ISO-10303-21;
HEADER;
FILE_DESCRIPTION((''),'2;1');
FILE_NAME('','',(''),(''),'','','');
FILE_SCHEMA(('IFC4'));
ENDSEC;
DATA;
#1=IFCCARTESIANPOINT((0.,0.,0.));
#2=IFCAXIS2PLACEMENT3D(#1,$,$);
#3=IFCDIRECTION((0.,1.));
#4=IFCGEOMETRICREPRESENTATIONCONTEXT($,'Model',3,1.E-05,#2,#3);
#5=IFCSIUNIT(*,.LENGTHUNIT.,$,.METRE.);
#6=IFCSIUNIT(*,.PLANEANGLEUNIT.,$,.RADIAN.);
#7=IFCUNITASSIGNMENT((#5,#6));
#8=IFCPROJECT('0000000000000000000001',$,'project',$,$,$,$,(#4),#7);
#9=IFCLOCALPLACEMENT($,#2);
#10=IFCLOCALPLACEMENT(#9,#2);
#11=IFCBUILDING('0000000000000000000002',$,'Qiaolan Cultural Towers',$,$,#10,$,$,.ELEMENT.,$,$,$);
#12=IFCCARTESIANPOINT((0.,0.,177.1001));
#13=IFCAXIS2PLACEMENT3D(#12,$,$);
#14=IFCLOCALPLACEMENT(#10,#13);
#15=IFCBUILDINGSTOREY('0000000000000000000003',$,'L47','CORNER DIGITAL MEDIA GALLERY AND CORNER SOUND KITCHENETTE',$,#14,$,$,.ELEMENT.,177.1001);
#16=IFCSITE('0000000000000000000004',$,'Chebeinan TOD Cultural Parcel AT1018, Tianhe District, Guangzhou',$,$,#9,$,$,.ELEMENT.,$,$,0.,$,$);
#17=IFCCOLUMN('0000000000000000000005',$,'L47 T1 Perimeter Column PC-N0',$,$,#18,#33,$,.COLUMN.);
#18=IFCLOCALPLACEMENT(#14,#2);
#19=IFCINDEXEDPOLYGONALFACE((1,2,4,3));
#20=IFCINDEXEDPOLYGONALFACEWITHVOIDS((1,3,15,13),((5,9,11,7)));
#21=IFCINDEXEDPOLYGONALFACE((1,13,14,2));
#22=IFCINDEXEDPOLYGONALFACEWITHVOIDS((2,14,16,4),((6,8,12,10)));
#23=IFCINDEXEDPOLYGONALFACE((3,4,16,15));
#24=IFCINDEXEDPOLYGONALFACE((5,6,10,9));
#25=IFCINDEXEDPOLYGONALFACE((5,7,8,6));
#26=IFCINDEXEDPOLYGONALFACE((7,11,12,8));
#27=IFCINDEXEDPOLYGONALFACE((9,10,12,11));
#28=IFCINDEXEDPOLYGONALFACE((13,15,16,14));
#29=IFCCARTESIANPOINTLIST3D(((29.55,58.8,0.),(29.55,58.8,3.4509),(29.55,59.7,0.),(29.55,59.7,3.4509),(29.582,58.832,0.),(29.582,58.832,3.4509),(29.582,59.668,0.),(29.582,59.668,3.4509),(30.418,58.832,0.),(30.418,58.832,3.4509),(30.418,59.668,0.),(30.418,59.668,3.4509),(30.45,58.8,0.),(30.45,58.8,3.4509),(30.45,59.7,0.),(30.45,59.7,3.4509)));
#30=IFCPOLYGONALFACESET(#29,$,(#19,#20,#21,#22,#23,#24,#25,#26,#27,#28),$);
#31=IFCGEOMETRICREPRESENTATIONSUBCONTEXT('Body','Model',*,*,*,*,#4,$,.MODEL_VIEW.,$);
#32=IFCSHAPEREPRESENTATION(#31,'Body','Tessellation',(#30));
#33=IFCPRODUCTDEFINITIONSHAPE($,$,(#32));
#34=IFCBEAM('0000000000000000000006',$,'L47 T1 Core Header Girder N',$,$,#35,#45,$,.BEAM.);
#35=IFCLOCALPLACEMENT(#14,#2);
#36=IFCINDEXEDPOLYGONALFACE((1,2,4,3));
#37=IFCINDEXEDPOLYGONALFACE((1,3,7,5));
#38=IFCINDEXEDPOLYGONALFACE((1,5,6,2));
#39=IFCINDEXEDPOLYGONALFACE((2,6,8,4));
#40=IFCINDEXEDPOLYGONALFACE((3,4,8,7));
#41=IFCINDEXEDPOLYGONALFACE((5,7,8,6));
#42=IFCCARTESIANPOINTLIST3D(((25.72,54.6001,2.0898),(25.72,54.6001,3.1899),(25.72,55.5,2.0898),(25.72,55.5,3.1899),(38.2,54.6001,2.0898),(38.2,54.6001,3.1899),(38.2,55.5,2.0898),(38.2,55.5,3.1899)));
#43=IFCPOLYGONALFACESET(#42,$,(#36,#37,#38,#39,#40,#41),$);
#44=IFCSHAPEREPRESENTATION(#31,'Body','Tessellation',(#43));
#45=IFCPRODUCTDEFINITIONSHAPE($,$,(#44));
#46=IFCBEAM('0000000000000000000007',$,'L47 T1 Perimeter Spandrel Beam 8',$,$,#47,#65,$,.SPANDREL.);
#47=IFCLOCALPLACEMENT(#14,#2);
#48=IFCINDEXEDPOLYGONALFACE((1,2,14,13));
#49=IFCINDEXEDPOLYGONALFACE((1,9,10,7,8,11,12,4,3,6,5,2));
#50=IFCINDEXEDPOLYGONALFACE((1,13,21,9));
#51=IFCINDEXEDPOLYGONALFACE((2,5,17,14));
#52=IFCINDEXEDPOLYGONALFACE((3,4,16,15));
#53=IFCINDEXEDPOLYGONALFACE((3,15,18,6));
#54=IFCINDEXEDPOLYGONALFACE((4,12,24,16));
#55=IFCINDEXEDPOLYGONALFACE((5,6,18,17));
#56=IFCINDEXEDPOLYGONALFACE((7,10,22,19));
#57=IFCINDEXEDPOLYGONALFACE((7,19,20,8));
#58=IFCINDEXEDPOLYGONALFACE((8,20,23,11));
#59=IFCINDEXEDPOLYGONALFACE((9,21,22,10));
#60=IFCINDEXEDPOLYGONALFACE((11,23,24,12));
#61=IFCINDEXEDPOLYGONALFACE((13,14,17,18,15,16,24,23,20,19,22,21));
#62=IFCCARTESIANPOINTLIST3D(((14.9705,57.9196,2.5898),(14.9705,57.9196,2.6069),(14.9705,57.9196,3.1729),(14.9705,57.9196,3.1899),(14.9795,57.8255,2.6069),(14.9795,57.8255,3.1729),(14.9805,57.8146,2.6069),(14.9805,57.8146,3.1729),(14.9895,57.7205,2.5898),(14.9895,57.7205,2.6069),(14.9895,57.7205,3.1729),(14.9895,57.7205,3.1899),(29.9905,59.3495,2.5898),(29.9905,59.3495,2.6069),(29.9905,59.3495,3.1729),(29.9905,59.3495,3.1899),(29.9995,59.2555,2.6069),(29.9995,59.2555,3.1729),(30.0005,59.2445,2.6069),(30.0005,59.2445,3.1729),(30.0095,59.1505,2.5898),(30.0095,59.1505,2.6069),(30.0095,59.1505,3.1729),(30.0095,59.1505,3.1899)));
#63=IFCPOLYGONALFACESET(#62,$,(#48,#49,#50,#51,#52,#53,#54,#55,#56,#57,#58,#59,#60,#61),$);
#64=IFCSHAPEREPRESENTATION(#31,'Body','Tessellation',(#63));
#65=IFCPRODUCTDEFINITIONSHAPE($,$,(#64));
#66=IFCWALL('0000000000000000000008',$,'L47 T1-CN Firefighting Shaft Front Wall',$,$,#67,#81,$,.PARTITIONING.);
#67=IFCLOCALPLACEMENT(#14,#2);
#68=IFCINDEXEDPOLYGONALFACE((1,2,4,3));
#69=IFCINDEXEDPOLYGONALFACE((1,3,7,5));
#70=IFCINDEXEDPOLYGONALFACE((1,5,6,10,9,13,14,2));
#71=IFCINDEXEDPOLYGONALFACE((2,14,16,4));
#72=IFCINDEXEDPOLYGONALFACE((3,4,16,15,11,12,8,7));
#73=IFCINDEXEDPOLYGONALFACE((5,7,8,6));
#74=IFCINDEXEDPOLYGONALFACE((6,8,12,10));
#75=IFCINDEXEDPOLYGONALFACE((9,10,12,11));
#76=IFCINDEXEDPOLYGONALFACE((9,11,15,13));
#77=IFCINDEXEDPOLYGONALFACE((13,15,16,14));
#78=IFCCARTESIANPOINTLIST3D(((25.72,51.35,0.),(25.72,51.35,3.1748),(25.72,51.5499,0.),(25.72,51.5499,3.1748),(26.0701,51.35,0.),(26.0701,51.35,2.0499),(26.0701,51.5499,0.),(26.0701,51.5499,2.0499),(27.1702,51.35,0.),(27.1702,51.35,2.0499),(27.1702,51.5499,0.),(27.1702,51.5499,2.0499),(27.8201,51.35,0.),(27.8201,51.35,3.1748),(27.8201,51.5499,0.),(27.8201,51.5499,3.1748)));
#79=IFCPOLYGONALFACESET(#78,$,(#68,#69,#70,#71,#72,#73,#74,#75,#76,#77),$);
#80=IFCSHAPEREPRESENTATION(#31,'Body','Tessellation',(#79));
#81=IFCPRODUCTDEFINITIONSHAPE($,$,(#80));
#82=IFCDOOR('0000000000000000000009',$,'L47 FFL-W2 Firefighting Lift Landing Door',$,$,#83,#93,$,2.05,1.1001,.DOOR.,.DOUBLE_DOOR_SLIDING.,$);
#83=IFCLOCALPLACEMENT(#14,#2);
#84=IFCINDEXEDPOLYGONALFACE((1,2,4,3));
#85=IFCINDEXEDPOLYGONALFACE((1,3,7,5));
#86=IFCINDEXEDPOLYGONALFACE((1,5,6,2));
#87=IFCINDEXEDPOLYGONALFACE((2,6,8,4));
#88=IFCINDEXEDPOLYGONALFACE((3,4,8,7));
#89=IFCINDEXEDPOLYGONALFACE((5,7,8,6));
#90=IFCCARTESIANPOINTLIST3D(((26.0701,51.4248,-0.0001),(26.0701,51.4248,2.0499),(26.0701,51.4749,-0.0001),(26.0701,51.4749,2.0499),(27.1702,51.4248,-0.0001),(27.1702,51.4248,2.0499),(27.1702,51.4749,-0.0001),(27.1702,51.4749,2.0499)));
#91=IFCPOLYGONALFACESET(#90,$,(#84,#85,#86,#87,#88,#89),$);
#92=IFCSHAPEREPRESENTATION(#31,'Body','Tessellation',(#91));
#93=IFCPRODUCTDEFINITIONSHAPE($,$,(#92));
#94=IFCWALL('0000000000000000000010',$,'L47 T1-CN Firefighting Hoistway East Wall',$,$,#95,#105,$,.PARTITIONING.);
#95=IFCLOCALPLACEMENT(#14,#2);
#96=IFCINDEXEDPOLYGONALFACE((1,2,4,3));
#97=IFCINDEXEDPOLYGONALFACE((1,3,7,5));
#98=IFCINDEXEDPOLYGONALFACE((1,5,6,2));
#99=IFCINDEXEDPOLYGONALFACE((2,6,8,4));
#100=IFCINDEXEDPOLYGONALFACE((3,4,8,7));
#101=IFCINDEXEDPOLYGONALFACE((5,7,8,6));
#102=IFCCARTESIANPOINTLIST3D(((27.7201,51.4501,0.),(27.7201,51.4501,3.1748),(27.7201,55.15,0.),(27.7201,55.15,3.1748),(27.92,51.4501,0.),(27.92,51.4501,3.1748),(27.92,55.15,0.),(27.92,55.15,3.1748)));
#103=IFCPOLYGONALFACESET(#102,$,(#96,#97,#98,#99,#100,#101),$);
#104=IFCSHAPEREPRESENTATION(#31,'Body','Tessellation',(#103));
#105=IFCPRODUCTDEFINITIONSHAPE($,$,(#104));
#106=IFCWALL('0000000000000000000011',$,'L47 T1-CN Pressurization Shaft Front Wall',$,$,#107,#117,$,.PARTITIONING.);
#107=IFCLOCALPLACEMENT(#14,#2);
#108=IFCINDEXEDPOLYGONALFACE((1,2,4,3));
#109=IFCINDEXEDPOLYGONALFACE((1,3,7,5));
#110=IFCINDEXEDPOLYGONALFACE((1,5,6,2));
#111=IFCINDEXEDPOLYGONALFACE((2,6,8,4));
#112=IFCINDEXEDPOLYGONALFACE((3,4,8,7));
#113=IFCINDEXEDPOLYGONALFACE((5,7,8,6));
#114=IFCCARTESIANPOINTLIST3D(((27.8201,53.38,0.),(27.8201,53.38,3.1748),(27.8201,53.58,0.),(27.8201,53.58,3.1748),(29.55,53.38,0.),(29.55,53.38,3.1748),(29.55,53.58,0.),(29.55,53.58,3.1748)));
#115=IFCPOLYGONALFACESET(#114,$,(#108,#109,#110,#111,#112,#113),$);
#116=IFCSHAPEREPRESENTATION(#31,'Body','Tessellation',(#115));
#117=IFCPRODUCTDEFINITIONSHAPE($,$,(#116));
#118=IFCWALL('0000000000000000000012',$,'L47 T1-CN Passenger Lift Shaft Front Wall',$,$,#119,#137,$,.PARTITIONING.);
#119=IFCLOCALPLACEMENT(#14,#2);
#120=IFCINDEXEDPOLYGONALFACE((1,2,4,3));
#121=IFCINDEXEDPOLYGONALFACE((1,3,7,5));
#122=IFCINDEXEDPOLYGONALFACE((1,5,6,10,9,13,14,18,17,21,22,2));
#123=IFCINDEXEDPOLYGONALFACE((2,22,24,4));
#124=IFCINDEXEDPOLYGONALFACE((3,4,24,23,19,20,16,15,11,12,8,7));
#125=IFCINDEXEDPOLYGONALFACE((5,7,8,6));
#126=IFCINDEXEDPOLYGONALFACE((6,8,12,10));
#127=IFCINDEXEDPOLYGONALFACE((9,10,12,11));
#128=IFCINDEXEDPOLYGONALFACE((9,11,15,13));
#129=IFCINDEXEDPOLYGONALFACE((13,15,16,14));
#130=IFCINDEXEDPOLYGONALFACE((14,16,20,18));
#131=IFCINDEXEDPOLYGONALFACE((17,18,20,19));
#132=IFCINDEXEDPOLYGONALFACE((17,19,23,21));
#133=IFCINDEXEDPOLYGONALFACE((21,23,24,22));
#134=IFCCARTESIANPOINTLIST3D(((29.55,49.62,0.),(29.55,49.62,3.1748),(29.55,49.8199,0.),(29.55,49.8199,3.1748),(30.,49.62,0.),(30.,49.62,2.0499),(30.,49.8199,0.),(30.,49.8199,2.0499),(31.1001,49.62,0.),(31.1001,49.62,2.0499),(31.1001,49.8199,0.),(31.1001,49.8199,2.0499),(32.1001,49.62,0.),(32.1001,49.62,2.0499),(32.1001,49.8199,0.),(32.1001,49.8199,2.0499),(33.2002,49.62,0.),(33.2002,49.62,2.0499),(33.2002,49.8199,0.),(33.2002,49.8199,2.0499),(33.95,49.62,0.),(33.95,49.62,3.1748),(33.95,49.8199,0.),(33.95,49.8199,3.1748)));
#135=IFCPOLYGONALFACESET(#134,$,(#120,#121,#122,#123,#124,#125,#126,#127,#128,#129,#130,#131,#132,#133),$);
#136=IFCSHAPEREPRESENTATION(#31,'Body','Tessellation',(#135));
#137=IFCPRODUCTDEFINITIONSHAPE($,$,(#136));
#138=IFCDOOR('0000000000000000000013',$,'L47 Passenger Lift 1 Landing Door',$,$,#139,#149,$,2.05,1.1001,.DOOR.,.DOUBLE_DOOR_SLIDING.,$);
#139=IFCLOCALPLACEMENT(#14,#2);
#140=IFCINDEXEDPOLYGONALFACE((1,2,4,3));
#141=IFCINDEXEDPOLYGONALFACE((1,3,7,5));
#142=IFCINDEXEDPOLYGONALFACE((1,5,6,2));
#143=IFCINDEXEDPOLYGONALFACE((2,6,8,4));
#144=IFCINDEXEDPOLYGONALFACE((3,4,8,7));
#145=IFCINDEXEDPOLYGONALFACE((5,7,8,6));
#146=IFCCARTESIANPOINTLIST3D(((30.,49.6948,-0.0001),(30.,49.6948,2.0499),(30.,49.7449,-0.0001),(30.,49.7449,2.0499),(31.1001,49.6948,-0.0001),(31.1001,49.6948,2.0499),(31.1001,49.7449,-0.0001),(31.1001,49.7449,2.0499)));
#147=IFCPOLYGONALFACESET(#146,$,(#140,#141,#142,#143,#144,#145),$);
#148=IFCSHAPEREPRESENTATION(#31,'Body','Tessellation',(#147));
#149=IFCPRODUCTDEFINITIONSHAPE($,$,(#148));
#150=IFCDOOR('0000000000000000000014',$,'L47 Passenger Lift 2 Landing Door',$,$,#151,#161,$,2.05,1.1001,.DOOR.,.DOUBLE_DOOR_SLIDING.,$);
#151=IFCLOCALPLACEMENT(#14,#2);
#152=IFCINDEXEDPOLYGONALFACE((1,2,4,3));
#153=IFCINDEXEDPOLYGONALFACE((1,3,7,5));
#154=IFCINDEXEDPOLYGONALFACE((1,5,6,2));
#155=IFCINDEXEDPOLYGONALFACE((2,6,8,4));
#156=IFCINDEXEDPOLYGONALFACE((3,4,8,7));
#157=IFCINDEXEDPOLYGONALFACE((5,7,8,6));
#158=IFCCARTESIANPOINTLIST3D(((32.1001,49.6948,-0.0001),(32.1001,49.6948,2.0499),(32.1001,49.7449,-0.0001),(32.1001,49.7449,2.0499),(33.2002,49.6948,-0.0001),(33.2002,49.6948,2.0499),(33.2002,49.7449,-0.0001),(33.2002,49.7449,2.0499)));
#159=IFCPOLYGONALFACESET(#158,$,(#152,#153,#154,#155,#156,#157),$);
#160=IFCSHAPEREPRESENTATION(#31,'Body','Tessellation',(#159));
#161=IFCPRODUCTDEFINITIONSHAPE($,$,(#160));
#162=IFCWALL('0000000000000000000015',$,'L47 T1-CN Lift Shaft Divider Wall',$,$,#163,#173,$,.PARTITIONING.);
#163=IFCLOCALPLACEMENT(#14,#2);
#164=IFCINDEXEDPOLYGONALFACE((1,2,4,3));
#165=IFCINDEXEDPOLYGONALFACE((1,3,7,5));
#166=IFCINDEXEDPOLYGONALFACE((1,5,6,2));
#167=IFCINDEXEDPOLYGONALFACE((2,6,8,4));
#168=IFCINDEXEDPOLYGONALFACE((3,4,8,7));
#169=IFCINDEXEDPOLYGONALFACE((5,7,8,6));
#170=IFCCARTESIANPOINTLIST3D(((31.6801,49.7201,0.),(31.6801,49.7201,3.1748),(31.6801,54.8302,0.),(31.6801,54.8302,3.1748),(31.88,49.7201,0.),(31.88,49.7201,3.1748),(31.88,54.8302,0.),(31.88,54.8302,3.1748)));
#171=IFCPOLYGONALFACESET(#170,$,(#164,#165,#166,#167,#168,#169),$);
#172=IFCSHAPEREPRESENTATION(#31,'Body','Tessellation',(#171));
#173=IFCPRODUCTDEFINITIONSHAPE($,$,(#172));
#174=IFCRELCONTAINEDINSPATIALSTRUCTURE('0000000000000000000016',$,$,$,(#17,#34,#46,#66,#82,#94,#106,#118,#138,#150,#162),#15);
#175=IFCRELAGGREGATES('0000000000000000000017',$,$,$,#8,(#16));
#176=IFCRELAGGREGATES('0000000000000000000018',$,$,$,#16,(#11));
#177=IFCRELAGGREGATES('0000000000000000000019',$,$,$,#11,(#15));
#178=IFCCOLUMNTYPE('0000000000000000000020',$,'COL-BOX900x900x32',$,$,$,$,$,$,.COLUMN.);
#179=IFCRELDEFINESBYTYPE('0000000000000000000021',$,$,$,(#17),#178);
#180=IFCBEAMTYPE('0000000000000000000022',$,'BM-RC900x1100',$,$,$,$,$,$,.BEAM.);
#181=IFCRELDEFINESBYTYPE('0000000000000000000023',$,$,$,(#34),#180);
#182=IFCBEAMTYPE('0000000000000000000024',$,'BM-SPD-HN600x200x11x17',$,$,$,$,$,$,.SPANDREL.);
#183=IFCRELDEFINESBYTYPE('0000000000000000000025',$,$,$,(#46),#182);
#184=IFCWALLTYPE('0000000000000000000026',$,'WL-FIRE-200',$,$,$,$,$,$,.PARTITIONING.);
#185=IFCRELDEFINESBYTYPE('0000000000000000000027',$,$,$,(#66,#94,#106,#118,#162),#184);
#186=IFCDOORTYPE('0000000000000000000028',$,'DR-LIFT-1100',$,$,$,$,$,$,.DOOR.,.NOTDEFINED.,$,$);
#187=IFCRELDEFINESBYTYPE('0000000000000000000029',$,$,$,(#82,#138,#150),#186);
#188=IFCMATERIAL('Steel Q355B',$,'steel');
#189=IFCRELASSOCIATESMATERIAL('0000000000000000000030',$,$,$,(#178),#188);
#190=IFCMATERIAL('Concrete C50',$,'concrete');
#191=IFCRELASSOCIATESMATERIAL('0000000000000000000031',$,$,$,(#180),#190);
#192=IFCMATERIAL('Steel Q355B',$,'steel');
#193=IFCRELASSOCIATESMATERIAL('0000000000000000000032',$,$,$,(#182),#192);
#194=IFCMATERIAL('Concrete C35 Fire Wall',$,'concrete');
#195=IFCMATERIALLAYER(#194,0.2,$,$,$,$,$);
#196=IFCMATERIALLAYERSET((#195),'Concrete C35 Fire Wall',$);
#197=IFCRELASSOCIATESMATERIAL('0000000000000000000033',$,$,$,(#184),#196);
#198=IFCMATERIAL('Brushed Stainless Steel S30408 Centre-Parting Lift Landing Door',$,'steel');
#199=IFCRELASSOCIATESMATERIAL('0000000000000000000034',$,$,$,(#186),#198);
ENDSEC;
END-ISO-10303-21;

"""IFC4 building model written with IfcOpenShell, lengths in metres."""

from ifc_helpers import new_model, si_unit, direction, frame, frame_2d, origin, origin_2d, place, context, subcontext, project, spatial, rectangle, hollow_rectangle, i_section, extrude, material, layer, layer_set, material_profile, profile_set, type_object, element, fill, save


model = new_model("IFC4")

# Units and contexts
model_context = context("Model", 3, precision=1e-05, world=origin(), true_north=direction((0.0, 1.0)))
body_context = subcontext(model_context, "Body", "Model", "MODEL_VIEW")
ifc_project = project(units=[si_unit("LENGTHUNIT", "METRE"), si_unit("PLANEANGLEUNIT", "RADIAN")], contexts=[model_context])

# Site, building, storey
site_placement = place(None, origin())
site = spatial("IfcSite", under=ifc_project, at=site_placement, Name="Chebeinan TOD Cultural Parcel AT1018, Tianhe District, Guangzhou", CompositionType="ELEMENT", RefElevation=0.0)
building_placement = place(site_placement, origin())
building = spatial("IfcBuilding", under=site, at=building_placement, Name="Qiaolan Cultural Towers", CompositionType="ELEMENT")
storey_placement = place(building_placement, frame((0.0, 0.0, 177.1001)))
storey = spatial("IfcBuildingStorey", under=building, at=storey_placement, Name="L47", Description="CORNER DIGITAL MEDIA GALLERY AND CORNER SOUND KITCHENETTE", CompositionType="ELEMENT", Elevation=177.1001)

# Column
ifc_material_1 = material(Name="Steel Q355B", Category="steel")
ifc_material_profile_1 = material_profile(ifc_material_1, hollow_rectangle(XDim=0.8999, YDim=0.8999, WallThickness=0.032, at=origin_2d()), Name="BOX900x900x32")
ifc_profile_set_1 = profile_set([ifc_material_profile_1], Name="Steel Q355B")
column_type = type_object("IfcColumnType", Name="COL-BOX900x900x32", PredefinedType="COLUMN", material=ifc_profile_set_1)
column_placement = place(storey_placement, frame((30.0, 59.25, 0.0), z_axis=(0.0, 0.0, 1.0), x_axis=(1.0, 0.0, 0.0)))
element("IfcColumn", 1, at=column_placement, inside=storey, type_object=column_type, Name="L47 T1 Perimeter Column PC-N0", PredefinedType="COLUMN", context=body_context, shape_type="SweptSolid", body=[
    extrude(hollow_rectangle(XDim=0.8999, YDim=0.8999, WallThickness=0.032, at=origin_2d()), origin(), (0.0, 0.0, 1.0), 3.4509),
])

# Beams
ifc_material_2 = material(Name="Concrete C50", Category="concrete")
ifc_material_profile_2 = material_profile(ifc_material_2, rectangle(XDim=0.8999, YDim=1.1001, at=origin_2d()), Name="RC900x1100")
ifc_profile_set_2 = profile_set([ifc_material_profile_2], Name="Concrete C50")
beam_type_1 = type_object("IfcBeamType", Name="BM-RC900x1100", PredefinedType="BEAM", material=ifc_profile_set_2)
beam_1_placement = place(storey_placement, frame((25.72, 55.05, 2.6399), z_axis=(1.0, 0.0, 0.0), x_axis=(0.0, 1.0, 0.0)))
element("IfcBeam", 2, at=beam_1_placement, inside=storey, type_object=beam_type_1, Name="L47 T1 Core Header Girder N", PredefinedType="BEAM", context=body_context, shape_type="SweptSolid", body=[
    extrude(rectangle(XDim=0.8999, YDim=1.1001, at=origin_2d()), origin(), (0.0, 0.0, 1.0), 12.48),
])
ifc_material_3 = material(Name="Steel Q355B", Category="steel")
ifc_material_profile_3 = material_profile(ifc_material_3, i_section(OverallWidth=0.2, OverallDepth=0.6001, WebThickness=0.011, FlangeThickness=0.0171, at=origin_2d()), Name="HN600x200x11x17")
ifc_profile_set_3 = profile_set([ifc_material_profile_3], Name="Steel Q355B")
beam_type_2 = type_object("IfcBeamType", Name="BM-SPD-HN600x200x11x17", PredefinedType="SPANDREL", material=ifc_profile_set_3)
beam_2_placement = place(storey_placement, frame((30.0, 59.25, 2.8899), z_axis=(-0.995499, -0.094773, 0.0), x_axis=(0.094773, -0.995499, 0.0)))
element("IfcBeam", 3, at=beam_2_placement, inside=storey, type_object=beam_type_2, Name="L47 T1 Perimeter Spandrel Beam 8", PredefinedType="SPANDREL", context=body_context, shape_type="SweptSolid", body=[
    extrude(i_section(OverallWidth=0.2, OverallDepth=0.6001, WebThickness=0.011, FlangeThickness=0.0171, at=origin_2d()), origin(), (0.0, 0.0, 1.0), 15.0879),
])

# Wall, opening, door
ifc_material_4 = material(Name="Concrete C35 Fire Wall", Category="concrete")
ifc_layer_1 = layer(ifc_material_4, 0.2)
ifc_layer_set_1 = layer_set([ifc_layer_1], Name="Concrete C35 Fire Wall")
wall_type_1 = type_object("IfcWallType", Name="WL-FIRE-200", PredefinedType="PARTITIONING", material=ifc_layer_set_1)
wall_1_placement = place(storey_placement, frame((25.72, 51.45, 0.0), z_axis=(0.0, 0.0, 1.0), x_axis=(1.0, 0.0, 0.0)))
wall_1 = element("IfcWall", 4, at=wall_1_placement, inside=storey, type_object=wall_type_1, Name="L47 T1-CN Firefighting Shaft Front Wall", PredefinedType="PARTITIONING", context=body_context, shape_type="SweptSolid", body=[
    extrude(rectangle(XDim=2.1001, YDim=0.2, at=frame_2d((1.05, 0.0))), origin(), (0.0, 0.0, 1.0), 3.1748),
])
opening_1_placement = place(wall_1_placement, frame((0.3501, 0.0, 0.0)))
opening_1 = element("IfcOpeningElement", 5, at=opening_1_placement, cuts=wall_1, PredefinedType="OPENING", context=body_context, shape_type="SweptSolid", body=[
    extrude(rectangle(XDim=1.1001, YDim=2.05, at=frame_2d((0.55, 1.0249))), frame((0.0, 0.1099, 0.0), z_axis=(0.0, -1.0, 0.0), x_axis=(1.0, 0.0, 0.0)), (0.0, 0.0, 1.0), 0.22),
])
ifc_material_5 = material(Name="Brushed Stainless Steel S30408 Centre-Parting Lift Landing Door", Category="steel")
door_type_1 = type_object("IfcDoorType", Name="DR-LIFT-1100", OperationType="NOTDEFINED", PredefinedType="DOOR", material=ifc_material_5)
door_1_placement = place(opening_1_placement, origin())
door_1 = element("IfcDoor", 6, at=door_1_placement, inside=storey, type_object=door_type_1, Name="L47 FFL-W2 Firefighting Lift Landing Door", OperationType="DOUBLE_DOOR_SLIDING", OverallHeight=2.05, OverallWidth=1.1001, PredefinedType="DOOR", context=body_context, shape_type="SweptSolid", body=[
    extrude(rectangle(XDim=1.1001, YDim=2.05, at=frame_2d((0.55, 1.0249))), frame((0.0, 0.0249, 0.0), z_axis=(0.0, -1.0, 0.0), x_axis=(1.0, 0.0, 0.0)), (0.0, 0.0, 1.0), 0.05),
])
fill(opening_1, door_1)

# Walls
wall_2_placement = place(storey_placement, frame((27.8201, 51.45, 0.0), z_axis=(0.0, 0.0, 1.0), x_axis=(0.0, 1.0, 0.0)))
element("IfcWall", 7, at=wall_2_placement, inside=storey, type_object=wall_type_1, Name="L47 T1-CN Firefighting Hoistway East Wall", PredefinedType="PARTITIONING", context=body_context, shape_type="SweptSolid", body=[
    extrude(rectangle(XDim=3.7, YDim=0.2, at=frame_2d((1.8501, 0.0))), origin(), (0.0, 0.0, 1.0), 3.1748),
])
wall_3_placement = place(storey_placement, frame((27.8201, 53.48, 0.0), z_axis=(0.0, 0.0, 1.0), x_axis=(1.0, 0.0, 0.0)))
element("IfcWall", 8, at=wall_3_placement, inside=storey, type_object=wall_type_1, Name="L47 T1-CN Pressurization Shaft Front Wall", PredefinedType="PARTITIONING", context=body_context, shape_type="SweptSolid", body=[
    extrude(rectangle(XDim=1.73, YDim=0.2, at=frame_2d((0.865, 0.0))), origin(), (0.0, 0.0, 1.0), 3.1748),
])

# Wall, openings, doors
wall_4_placement = place(storey_placement, frame((29.55, 49.72, 0.0), z_axis=(0.0, 0.0, 1.0), x_axis=(1.0, 0.0, 0.0)))
wall_4 = element("IfcWall", 9, at=wall_4_placement, inside=storey, type_object=wall_type_1, Name="L47 T1-CN Passenger Lift Shaft Front Wall", PredefinedType="PARTITIONING", context=body_context, shape_type="SweptSolid", body=[
    extrude(rectangle(XDim=4.3999, YDim=0.2, at=frame_2d((2.2, 0.0))), origin(), (0.0, 0.0, 1.0), 3.1748),
])
opening_2_placement = place(wall_4_placement, frame((0.45, 0.0, 0.0)))
opening_2 = element("IfcOpeningElement", 10, at=opening_2_placement, cuts=wall_4, PredefinedType="OPENING", context=body_context, shape_type="SweptSolid", body=[
    extrude(rectangle(XDim=1.1001, YDim=2.05, at=frame_2d((0.55, 1.0249))), frame((0.0, 0.1099, 0.0), z_axis=(0.0, -1.0, 0.0), x_axis=(1.0, 0.0, 0.0)), (0.0, 0.0, 1.0), 0.22),
])
opening_3_placement = place(wall_4_placement, frame((2.55, 0.0, 0.0)))
opening_3 = element("IfcOpeningElement", 11, at=opening_3_placement, cuts=wall_4, PredefinedType="OPENING", context=body_context, shape_type="SweptSolid", body=[
    extrude(rectangle(XDim=1.1001, YDim=2.05, at=frame_2d((0.55, 1.0249))), frame((0.0, 0.1099, 0.0), z_axis=(0.0, -1.0, 0.0), x_axis=(1.0, 0.0, 0.0)), (0.0, 0.0, 1.0), 0.22),
])
door_2_placement = place(opening_2_placement, origin())
door_2 = element("IfcDoor", 12, at=door_2_placement, inside=storey, type_object=door_type_1, Name="L47 Passenger Lift 1 Landing Door", OperationType="DOUBLE_DOOR_SLIDING", OverallHeight=2.05, OverallWidth=1.1001, PredefinedType="DOOR", context=body_context, shape_type="SweptSolid", body=[
    extrude(rectangle(XDim=1.1001, YDim=2.05, at=frame_2d((0.55, 1.0249))), frame((0.0, 0.0249, 0.0), z_axis=(0.0, -1.0, 0.0), x_axis=(1.0, 0.0, 0.0)), (0.0, 0.0, 1.0), 0.05),
])
fill(opening_2, door_2)
door_3_placement = place(opening_3_placement, origin())
door_3 = element("IfcDoor", 13, at=door_3_placement, inside=storey, type_object=door_type_1, Name="L47 Passenger Lift 2 Landing Door", OperationType="DOUBLE_DOOR_SLIDING", OverallHeight=2.05, OverallWidth=1.1001, PredefinedType="DOOR", context=body_context, shape_type="SweptSolid", body=[
    extrude(rectangle(XDim=1.1001, YDim=2.05, at=frame_2d((0.55, 1.0249))), frame((0.0, 0.0249, 0.0), z_axis=(0.0, -1.0, 0.0), x_axis=(1.0, 0.0, 0.0)), (0.0, 0.0, 1.0), 0.05),
])
fill(opening_3, door_3)

# Wall
wall_5_placement = place(storey_placement, frame((31.78, 49.72, 0.0), z_axis=(0.0, 0.0, 1.0), x_axis=(0.0, 1.0, 0.0)))
element("IfcWall", 14, at=wall_5_placement, inside=storey, type_object=wall_type_1, Name="L47 T1-CN Lift Shaft Divider Wall", PredefinedType="PARTITIONING", context=body_context, shape_type="SweptSolid", body=[
    extrude(rectangle(XDim=5.1101, YDim=0.2, at=frame_2d((2.5552, 0.0))), origin(), (0.0, 0.0, 1.0), 3.1748),
])

save(model, "model.ifc")
